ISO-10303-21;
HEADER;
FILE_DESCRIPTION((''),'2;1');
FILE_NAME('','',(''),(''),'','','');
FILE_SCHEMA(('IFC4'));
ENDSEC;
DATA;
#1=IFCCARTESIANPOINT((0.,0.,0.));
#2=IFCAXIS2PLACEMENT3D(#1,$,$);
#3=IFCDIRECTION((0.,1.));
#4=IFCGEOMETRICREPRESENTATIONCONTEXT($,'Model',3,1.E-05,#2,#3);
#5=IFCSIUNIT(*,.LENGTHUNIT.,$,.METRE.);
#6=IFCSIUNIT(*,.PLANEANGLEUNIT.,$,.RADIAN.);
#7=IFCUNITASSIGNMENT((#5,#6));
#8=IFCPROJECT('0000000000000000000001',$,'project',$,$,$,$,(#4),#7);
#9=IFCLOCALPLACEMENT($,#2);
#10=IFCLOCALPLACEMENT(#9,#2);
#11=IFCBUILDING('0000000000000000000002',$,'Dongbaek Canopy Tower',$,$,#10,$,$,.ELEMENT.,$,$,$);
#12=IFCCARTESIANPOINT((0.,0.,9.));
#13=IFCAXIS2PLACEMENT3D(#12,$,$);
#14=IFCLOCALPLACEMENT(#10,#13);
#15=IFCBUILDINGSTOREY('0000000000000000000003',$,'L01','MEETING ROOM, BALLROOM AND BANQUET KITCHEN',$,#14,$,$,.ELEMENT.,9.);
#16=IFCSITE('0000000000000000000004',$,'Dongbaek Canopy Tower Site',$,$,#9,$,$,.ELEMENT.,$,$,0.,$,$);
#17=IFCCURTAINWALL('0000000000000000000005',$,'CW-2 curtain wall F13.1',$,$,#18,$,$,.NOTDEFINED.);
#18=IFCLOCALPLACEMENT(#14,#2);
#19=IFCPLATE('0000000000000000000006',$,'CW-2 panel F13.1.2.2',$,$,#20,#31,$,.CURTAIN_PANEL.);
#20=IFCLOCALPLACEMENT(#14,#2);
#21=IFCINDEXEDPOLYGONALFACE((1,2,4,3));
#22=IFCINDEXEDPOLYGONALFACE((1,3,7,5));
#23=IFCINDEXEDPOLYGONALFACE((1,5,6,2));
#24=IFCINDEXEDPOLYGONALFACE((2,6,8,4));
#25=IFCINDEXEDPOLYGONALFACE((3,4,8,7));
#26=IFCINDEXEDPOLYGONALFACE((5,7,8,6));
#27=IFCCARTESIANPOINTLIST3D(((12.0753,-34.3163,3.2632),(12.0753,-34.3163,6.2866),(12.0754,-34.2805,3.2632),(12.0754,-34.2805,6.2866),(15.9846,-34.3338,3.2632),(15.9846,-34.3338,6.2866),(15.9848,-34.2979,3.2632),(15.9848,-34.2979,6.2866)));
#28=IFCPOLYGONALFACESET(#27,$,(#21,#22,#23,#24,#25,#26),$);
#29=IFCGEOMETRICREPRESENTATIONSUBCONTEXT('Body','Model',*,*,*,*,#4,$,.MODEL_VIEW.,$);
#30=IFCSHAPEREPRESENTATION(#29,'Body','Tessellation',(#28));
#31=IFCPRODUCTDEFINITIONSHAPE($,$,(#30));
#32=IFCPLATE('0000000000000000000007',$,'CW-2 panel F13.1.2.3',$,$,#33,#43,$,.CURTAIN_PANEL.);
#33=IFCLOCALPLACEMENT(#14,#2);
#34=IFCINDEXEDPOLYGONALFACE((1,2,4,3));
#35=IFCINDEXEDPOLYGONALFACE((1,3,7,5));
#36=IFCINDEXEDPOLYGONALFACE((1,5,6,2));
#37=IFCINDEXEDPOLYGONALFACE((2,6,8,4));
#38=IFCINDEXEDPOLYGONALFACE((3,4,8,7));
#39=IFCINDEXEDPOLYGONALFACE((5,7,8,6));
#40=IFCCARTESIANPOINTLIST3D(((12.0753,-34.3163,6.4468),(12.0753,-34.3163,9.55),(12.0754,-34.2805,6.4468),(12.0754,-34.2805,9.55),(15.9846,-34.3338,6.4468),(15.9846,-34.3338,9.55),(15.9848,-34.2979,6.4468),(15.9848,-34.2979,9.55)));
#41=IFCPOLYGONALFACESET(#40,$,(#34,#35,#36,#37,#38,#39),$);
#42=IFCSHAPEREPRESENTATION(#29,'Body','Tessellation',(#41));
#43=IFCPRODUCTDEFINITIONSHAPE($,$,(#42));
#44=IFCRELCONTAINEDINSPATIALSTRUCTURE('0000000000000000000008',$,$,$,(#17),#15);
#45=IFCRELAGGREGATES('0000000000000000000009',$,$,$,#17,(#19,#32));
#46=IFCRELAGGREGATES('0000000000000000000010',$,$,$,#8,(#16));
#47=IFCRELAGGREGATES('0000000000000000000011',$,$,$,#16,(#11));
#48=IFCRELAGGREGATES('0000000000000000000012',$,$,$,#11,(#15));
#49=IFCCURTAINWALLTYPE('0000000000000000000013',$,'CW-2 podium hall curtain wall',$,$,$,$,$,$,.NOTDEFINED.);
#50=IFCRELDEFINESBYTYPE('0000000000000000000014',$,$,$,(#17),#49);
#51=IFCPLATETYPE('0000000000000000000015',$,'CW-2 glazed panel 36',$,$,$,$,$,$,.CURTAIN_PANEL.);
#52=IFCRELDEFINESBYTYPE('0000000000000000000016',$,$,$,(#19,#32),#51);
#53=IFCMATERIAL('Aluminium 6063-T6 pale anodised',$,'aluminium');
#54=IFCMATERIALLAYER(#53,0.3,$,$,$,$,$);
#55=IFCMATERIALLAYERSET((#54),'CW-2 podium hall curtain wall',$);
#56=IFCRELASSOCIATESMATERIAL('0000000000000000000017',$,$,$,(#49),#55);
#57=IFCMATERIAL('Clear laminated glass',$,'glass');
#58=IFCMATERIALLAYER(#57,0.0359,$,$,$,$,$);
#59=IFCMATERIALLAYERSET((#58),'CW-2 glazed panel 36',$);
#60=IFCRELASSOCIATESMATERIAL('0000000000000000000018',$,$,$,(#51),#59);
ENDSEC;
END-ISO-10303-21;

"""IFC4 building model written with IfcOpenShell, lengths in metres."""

from ifc_helpers import new_model, si_unit, direction, frame, origin, origin_2d, place, context, subcontext, project, spatial, rectangle, extrude, material, layer, layer_set, type_object, element, aggregate, save


model = new_model("IFC4")

# Units and contexts
model_context = context("Model", 3, precision=1e-05, world=origin(), true_north=direction((0.0, 1.0)))
body_context = subcontext(model_context, "Body", "Model", "MODEL_VIEW")
ifc_project = project(units=[si_unit("LENGTHUNIT", "METRE"), si_unit("PLANEANGLEUNIT", "RADIAN")], contexts=[model_context])

# Site, building, storey
site_placement = place(None, origin())
site = spatial("IfcSite", under=ifc_project, at=site_placement, Name="Dongbaek Canopy Tower Site", CompositionType="ELEMENT", RefElevation=0.0)
building_placement = place(site_placement, origin())
building = spatial("IfcBuilding", under=site, at=building_placement, Name="Dongbaek Canopy Tower", CompositionType="ELEMENT")
storey_placement = place(building_placement, frame((0.0, 0.0, 9.0)))
storey = spatial("IfcBuildingStorey", under=building, at=storey_placement, Name="L01", Description="MEETING ROOM, BALLROOM AND BANQUET KITCHEN", CompositionType="ELEMENT", Elevation=9.0)

# Shared definitions
ifc_material_1 = material(Name="Aluminium 6063-T6 pale anodised", Category="aluminium")
ifc_layer_1 = layer(ifc_material_1, 0.3)
ifc_layer_set_1 = layer_set([ifc_layer_1], Name="CW-2 podium hall curtain wall")
curtain_wall_type = type_object("IfcCurtainWallType", Name="CW-2 podium hall curtain wall", PredefinedType="NOTDEFINED", material=ifc_layer_set_1)

# Curtain wall
curtain_wall_1_placement = place(storey_placement, origin())
curtain_wall_1 = element("IfcCurtainWall", 1, at=curtain_wall_1_placement, inside=storey, type_object=curtain_wall_type, Name="CW-2 curtain wall F13.1", PredefinedType="NOTDEFINED")

# Plates
ifc_material_2 = material(Name="Clear laminated glass", Category="glass")
ifc_layer_2 = layer(ifc_material_2, 0.0359)
ifc_layer_set_2 = layer_set([ifc_layer_2], Name="CW-2 glazed panel 36")
plate_type = type_object("IfcPlateType", Name="CW-2 glazed panel 36", PredefinedType="CURTAIN_PANEL", material=ifc_layer_set_2)
plate_1_placement = place(storey_placement, frame((14.03, -34.3071, 3.2632), z_axis=(0.0, 0.0, 1.0), x_axis=(0.99999, -0.004466, 0.0)))
plate_1 = element("IfcPlate", 2, at=plate_1_placement, type_object=plate_type, Name="CW-2 panel F13.1.2.2", PredefinedType="CURTAIN_PANEL", context=body_context, shape_type="SweptSolid", body=[
    extrude(rectangle(XDim=3.9094, YDim=0.0359, at=origin_2d()), origin(), (0.0, 0.0, 1.0), 3.0234),
])
plate_2_placement = place(storey_placement, frame((14.03, -34.3071, 6.4468), z_axis=(0.0, 0.0, 1.0), x_axis=(0.99999, -0.004466, 0.0)))
plate_2 = element("IfcPlate", 3, at=plate_2_placement, type_object=plate_type, Name="CW-2 panel F13.1.2.3", PredefinedType="CURTAIN_PANEL", context=body_context, shape_type="SweptSolid", body=[
    extrude(rectangle(XDim=3.9094, YDim=0.0359, at=origin_2d()), origin(), (0.0, 0.0, 1.0), 3.1033),
])
aggregate(curtain_wall_1, [plate_1, plate_2])

save(model, "model.ifc")
